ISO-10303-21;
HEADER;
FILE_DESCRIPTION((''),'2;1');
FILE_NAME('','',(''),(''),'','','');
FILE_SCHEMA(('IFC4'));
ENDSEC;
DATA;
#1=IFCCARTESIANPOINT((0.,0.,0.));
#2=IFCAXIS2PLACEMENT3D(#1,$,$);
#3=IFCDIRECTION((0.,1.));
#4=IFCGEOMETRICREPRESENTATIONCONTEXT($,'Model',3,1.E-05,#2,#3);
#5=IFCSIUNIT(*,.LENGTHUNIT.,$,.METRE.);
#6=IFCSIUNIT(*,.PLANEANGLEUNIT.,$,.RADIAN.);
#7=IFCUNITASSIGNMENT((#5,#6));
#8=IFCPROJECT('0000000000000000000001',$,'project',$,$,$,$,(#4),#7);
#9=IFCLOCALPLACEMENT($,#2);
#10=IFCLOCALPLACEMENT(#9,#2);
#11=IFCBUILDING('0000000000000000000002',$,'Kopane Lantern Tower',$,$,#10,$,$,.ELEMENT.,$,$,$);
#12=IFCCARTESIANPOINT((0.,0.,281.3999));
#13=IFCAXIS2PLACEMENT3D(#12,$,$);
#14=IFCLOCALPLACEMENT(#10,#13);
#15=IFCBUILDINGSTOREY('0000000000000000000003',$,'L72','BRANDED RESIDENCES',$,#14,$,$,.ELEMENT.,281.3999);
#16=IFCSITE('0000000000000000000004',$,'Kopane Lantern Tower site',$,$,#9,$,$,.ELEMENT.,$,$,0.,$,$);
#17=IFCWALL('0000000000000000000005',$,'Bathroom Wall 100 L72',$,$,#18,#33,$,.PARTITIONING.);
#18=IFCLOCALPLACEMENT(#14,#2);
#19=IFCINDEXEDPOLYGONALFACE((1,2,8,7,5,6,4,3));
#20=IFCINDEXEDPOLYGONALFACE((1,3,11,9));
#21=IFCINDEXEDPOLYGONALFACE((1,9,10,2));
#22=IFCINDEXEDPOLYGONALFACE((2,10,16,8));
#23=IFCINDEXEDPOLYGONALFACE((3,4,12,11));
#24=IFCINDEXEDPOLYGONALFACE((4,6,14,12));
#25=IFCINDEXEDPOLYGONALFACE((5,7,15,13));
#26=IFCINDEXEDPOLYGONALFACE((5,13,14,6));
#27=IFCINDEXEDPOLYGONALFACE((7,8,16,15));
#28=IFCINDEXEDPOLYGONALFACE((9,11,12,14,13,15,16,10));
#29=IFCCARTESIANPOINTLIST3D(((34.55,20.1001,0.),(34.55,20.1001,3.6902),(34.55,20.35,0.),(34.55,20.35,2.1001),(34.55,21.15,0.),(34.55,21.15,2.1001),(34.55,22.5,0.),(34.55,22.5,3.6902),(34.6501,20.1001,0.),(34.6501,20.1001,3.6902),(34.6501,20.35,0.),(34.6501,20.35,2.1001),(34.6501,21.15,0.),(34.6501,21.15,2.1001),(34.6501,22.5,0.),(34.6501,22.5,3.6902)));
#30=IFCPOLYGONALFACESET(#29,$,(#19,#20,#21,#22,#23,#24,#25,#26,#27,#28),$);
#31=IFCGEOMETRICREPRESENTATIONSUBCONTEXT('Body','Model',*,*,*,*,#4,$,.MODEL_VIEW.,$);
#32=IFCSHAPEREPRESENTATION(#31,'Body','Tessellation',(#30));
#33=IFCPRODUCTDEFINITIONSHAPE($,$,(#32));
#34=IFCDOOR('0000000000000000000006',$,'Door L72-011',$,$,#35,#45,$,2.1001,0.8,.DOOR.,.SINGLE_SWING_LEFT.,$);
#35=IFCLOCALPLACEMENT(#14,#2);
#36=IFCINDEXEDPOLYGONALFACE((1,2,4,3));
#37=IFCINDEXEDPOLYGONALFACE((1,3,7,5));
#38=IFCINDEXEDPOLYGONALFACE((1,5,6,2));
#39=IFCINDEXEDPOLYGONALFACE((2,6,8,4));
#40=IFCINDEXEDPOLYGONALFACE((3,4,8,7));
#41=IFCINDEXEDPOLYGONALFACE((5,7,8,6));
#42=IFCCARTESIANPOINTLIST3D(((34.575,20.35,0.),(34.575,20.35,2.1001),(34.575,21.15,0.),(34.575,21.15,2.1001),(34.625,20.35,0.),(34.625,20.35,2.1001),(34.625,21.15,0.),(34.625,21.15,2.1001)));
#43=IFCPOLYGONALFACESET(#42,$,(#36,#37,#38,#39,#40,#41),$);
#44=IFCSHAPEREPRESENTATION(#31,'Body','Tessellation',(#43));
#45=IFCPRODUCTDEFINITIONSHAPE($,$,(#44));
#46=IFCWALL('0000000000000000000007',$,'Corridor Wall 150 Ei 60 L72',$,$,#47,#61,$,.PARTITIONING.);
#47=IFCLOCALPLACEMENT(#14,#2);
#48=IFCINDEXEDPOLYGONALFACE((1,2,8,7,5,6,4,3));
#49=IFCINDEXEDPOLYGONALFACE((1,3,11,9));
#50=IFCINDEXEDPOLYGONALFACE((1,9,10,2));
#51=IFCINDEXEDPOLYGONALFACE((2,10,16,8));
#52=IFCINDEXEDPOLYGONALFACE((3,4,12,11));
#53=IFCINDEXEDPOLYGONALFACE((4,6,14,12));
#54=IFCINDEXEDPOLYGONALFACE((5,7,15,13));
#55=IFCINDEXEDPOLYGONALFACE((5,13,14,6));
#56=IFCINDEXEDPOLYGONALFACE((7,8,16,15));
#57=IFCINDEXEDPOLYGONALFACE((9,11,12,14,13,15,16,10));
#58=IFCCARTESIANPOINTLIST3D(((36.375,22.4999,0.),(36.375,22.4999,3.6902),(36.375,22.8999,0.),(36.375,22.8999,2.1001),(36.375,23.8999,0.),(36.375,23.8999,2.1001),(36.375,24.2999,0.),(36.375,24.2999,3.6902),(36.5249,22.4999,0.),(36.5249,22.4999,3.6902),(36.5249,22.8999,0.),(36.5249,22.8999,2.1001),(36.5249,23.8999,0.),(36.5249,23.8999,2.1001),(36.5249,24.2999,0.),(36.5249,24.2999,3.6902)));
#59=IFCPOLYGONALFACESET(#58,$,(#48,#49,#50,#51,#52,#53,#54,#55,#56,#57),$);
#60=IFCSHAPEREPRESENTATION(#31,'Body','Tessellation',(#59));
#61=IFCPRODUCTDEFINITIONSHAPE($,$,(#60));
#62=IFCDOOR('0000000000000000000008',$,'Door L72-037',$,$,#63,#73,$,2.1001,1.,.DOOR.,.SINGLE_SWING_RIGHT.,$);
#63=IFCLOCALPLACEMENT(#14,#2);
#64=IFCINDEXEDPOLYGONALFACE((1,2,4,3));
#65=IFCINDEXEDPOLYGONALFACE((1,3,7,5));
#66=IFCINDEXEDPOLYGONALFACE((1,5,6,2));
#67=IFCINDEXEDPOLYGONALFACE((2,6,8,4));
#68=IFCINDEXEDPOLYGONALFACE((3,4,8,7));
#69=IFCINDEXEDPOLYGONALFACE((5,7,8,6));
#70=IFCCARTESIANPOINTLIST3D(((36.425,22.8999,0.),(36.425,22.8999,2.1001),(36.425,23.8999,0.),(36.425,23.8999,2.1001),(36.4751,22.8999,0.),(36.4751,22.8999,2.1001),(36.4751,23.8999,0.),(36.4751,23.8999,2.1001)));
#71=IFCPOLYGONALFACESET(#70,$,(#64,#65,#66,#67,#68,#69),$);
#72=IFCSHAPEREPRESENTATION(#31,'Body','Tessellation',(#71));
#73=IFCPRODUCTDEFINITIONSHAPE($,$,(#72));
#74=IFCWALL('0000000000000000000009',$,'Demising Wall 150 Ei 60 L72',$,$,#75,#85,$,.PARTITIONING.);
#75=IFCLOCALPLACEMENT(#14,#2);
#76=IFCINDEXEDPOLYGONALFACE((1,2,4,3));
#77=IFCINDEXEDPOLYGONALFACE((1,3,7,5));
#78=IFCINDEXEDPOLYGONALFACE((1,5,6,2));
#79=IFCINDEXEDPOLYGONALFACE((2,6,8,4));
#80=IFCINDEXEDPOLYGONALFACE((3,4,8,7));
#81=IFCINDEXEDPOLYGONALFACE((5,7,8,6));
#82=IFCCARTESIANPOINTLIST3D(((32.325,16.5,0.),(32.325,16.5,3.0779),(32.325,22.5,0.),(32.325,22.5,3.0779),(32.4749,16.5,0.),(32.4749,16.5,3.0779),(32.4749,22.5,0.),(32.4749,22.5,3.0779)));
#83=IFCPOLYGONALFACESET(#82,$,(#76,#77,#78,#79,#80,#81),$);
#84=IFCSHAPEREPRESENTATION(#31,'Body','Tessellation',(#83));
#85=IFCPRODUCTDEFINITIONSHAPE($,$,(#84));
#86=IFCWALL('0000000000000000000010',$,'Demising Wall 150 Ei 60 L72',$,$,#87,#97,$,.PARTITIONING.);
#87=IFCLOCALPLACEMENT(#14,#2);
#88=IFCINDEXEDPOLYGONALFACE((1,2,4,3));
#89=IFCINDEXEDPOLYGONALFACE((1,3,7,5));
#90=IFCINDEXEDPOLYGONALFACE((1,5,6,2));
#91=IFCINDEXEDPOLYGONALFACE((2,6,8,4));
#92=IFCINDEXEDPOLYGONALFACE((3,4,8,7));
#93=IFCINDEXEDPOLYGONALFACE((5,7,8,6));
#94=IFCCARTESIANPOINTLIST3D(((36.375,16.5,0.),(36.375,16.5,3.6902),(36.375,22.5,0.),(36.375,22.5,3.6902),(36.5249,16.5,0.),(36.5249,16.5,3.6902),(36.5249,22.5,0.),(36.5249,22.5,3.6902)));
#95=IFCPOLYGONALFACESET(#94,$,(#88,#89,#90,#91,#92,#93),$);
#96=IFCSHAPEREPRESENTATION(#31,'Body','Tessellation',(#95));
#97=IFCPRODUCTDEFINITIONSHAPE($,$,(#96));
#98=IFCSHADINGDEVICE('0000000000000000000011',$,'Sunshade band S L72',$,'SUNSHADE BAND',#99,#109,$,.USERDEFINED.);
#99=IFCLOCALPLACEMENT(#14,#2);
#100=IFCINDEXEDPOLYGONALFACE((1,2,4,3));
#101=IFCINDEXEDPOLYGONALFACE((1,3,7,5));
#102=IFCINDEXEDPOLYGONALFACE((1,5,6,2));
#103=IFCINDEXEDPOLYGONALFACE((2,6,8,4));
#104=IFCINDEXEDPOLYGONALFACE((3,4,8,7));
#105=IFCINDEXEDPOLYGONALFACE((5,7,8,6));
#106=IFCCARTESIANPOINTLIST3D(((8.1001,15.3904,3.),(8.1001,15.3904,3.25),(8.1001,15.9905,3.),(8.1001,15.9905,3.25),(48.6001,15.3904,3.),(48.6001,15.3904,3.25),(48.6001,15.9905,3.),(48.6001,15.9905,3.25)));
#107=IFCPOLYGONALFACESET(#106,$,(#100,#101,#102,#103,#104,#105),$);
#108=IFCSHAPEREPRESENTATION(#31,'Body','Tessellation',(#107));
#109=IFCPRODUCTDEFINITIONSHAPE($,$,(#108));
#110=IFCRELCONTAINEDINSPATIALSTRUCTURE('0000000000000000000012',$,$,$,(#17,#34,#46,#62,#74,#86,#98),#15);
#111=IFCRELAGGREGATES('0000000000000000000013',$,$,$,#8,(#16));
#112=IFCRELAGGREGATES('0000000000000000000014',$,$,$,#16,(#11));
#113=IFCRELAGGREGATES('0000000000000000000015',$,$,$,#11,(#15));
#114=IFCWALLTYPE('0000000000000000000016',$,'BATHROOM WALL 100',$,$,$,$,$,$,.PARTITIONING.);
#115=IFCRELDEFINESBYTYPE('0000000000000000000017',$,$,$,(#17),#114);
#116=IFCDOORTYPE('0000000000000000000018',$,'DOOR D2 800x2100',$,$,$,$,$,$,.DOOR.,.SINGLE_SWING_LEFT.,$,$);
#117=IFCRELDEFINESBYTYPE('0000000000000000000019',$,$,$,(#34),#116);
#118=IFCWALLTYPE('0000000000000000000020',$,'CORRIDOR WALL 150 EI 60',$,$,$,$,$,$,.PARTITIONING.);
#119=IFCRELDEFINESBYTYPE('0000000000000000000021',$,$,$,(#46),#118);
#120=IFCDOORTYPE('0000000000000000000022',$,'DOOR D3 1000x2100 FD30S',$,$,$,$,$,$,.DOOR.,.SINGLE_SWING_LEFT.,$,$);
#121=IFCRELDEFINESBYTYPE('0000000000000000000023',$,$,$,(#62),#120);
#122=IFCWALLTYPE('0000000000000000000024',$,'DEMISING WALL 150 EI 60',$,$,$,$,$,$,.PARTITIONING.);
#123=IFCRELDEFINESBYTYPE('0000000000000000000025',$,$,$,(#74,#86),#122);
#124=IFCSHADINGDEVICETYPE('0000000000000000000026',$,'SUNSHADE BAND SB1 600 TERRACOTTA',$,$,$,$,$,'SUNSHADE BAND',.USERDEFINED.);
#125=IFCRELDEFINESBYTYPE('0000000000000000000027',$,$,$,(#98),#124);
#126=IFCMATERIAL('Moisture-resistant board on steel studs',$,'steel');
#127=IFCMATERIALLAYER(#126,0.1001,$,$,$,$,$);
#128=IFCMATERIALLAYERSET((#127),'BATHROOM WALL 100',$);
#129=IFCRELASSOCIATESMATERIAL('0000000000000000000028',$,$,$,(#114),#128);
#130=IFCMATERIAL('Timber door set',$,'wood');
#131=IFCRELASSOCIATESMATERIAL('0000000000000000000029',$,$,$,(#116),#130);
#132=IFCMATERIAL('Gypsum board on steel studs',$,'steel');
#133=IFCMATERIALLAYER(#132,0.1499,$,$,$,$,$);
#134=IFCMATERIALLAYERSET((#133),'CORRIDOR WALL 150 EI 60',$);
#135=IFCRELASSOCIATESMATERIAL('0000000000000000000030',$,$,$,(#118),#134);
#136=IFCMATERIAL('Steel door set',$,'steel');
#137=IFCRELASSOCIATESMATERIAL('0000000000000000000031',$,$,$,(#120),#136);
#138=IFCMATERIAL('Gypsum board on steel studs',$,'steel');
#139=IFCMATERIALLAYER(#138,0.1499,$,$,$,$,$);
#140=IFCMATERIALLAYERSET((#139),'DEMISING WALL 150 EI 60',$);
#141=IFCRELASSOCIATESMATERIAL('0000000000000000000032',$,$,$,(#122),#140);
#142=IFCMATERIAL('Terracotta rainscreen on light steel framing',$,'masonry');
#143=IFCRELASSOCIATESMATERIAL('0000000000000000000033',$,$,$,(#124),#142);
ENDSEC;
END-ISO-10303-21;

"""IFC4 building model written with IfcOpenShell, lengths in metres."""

from ifc_helpers import new_model, si_unit, direction, frame, frame_2d, origin, origin_2d, place, context, subcontext, project, spatial, rectangle, extrude, material, layer, layer_set, type_object, element, fill, save


model = new_model("IFC4")

# Units and contexts
model_context = context("Model", 3, precision=1e-05, world=origin(), true_north=direction((0.0, 1.0)))
body_context = subcontext(model_context, "Body", "Model", "MODEL_VIEW")
ifc_project = project(units=[si_unit("LENGTHUNIT", "METRE"), si_unit("PLANEANGLEUNIT", "RADIAN")], contexts=[model_context])

# Site, building, storey
site_placement = place(None, origin())
site = spatial("IfcSite", under=ifc_project, at=site_placement, Name="Kopane Lantern Tower site", CompositionType="ELEMENT", RefElevation=0.0)
building_placement = place(site_placement, origin())
building = spatial("IfcBuilding", under=site, at=building_placement, Name="Kopane Lantern Tower", CompositionType="ELEMENT")
storey_placement = place(building_placement, frame((0.0, 0.0, 281.3999)))
storey = spatial("IfcBuildingStorey", under=building, at=storey_placement, Name="L72", Description="BRANDED RESIDENCES", CompositionType="ELEMENT", Elevation=281.3999)

# Shared definitions
ifc_material_1 = material(Name="Moisture-resistant board on steel studs", Category="steel")
ifc_layer_1 = layer(ifc_material_1, 0.1001)
ifc_layer_set_1 = layer_set([ifc_layer_1], Name="BATHROOM WALL 100")
wall_type_1 = type_object("IfcWallType", Name="BATHROOM WALL 100", PredefinedType="PARTITIONING", material=ifc_layer_set_1)
ifc_material_2 = material(Name="Timber door set", Category="wood")
door_type_1 = type_object("IfcDoorType", Name="DOOR D2 800x2100", OperationType="SINGLE_SWING_LEFT", PredefinedType="DOOR", material=ifc_material_2)

# Walls, openings, doors
wall_1_placement = place(storey_placement, frame((34.6001, 22.5, 0.0), z_axis=(0.0, 0.0, 1.0), x_axis=(0.0, -1.0, 0.0)))
wall_1 = element("IfcWall", 1, at=wall_1_placement, inside=storey, type_object=wall_type_1, Name="Bathroom Wall 100 L72", PredefinedType="PARTITIONING", context=body_context, shape_type="SweptSolid", body=[
    extrude(rectangle(XDim=2.3999, YDim=0.1001, at=frame_2d((1.2, 0.0))), origin(), (0.0, 0.0, 1.0), 3.6902),
])
opening_1_placement = place(wall_1_placement, frame((1.3501, 0.0, 0.0)))
opening_1 = element("IfcOpeningElement", 2, at=opening_1_placement, cuts=wall_1, PredefinedType="OPENING", context=body_context, shape_type="SweptSolid", body=[
    extrude(rectangle(XDim=0.8, YDim=2.1001, at=frame_2d((0.3999, 1.05))), frame((0.0, 0.0601, 0.0), z_axis=(0.0, -1.0, 0.0), x_axis=(1.0, 0.0, 0.0)), (0.0, 0.0, 1.0), 0.1201),
])
door_1_placement = place(opening_1_placement, origin())
door_1 = element("IfcDoor", 3, at=door_1_placement, inside=storey, type_object=door_type_1, Name="Door L72-011", OperationType="SINGLE_SWING_LEFT", OverallHeight=2.1001, OverallWidth=0.8, PredefinedType="DOOR", context=body_context, shape_type="SweptSolid", body=[
    extrude(rectangle(XDim=0.8, YDim=2.1001, at=frame_2d((0.3999, 1.05))), frame((0.0, 0.0249, 0.0), z_axis=(0.0, -1.0, 0.0), x_axis=(1.0, 0.0, 0.0)), (0.0, 0.0, 1.0), 0.05),
])
fill(opening_1, door_1)
ifc_material_3 = material(Name="Gypsum board on steel studs", Category="steel")
ifc_layer_2 = layer(ifc_material_3, 0.1499)
ifc_layer_set_2 = layer_set([ifc_layer_2], Name="CORRIDOR WALL 150 EI 60")
wall_type_2 = type_object("IfcWallType", Name="CORRIDOR WALL 150 EI 60", PredefinedType="PARTITIONING", material=ifc_layer_set_2)
wall_2_placement = place(storey_placement, frame((36.45, 22.5, 0.0), z_axis=(0.0, 0.0, 1.0), x_axis=(0.0, 1.0, 0.0)))
wall_2 = element("IfcWall", 4, at=wall_2_placement, inside=storey, type_object=wall_type_2, Name="Corridor Wall 150 Ei 60 L72", PredefinedType="PARTITIONING", context=body_context, shape_type="SweptSolid", body=[
    extrude(rectangle(XDim=1.8, YDim=0.1499, at=frame_2d((0.8999, 0.0))), origin(), (0.0, 0.0, 1.0), 3.6902),
])
opening_2_placement = place(wall_2_placement, frame((0.3999, 0.0, 0.0)))
opening_2 = element("IfcOpeningElement", 5, at=opening_2_placement, cuts=wall_2, PredefinedType="OPENING", context=body_context, shape_type="SweptSolid", body=[
    extrude(rectangle(XDim=1.0, YDim=2.1001, at=frame_2d((0.5, 1.05))), frame((0.0, 0.085, 0.0), z_axis=(0.0, -1.0, 0.0), x_axis=(1.0, 0.0, 0.0)), (0.0, 0.0, 1.0), 0.1699),
])
ifc_material_4 = material(Name="Steel door set", Category="steel")
door_type_2 = type_object("IfcDoorType", Name="DOOR D3 1000x2100 FD30S", OperationType="SINGLE_SWING_LEFT", PredefinedType="DOOR", material=ifc_material_4)
door_2_placement = place(opening_2_placement, origin())
door_2 = element("IfcDoor", 6, at=door_2_placement, inside=storey, type_object=door_type_2, Name="Door L72-037", OperationType="SINGLE_SWING_RIGHT", OverallHeight=2.1001, OverallWidth=1.0, PredefinedType="DOOR", context=body_context, shape_type="SweptSolid", body=[
    extrude(rectangle(XDim=1.0, YDim=2.1001, at=frame_2d((0.5, 1.05))), frame((0.0, 0.0249, 0.0), z_axis=(0.0, -1.0, 0.0), x_axis=(1.0, 0.0, 0.0)), (0.0, 0.0, 1.0), 0.05),
])
fill(opening_2, door_2)

# Walls
ifc_material_5 = material(Name="Gypsum board on steel studs", Category="steel")
ifc_layer_3 = layer(ifc_material_5, 0.1499)
ifc_layer_set_3 = layer_set([ifc_layer_3], Name="DEMISING WALL 150 EI 60")
wall_type_3 = type_object("IfcWallType", Name="DEMISING WALL 150 EI 60", PredefinedType="PARTITIONING", material=ifc_layer_set_3)
wall_3_placement = place(storey_placement, frame((32.3999, 22.5, 0.0), z_axis=(0.0, 0.0, 1.0), x_axis=(0.0, -1.0, 0.0)))
element("IfcWall", 7, at=wall_3_placement, inside=storey, type_object=wall_type_3, Name="Demising Wall 150 Ei 60 L72", PredefinedType="PARTITIONING", context=body_context, shape_type="SweptSolid", body=[
    extrude(rectangle(XDim=6.0, YDim=0.1499, at=frame_2d((3.0, 0.0))), origin(), (0.0, 0.0, 1.0), 3.0779),
])
wall_4_placement = place(storey_placement, frame((36.45, 16.5, 0.0), z_axis=(0.0, 0.0, 1.0), x_axis=(0.0, 1.0, 0.0)))
element("IfcWall", 8, at=wall_4_placement, inside=storey, type_object=wall_type_3, Name="Demising Wall 150 Ei 60 L72", PredefinedType="PARTITIONING", context=body_context, shape_type="SweptSolid", body=[
    extrude(rectangle(XDim=6.0, YDim=0.1499, at=frame_2d((3.0, 0.0))), origin(), (0.0, 0.0, 1.0), 3.6902),
])

# Shading device
ifc_material_6 = material(Name="Terracotta rainscreen on light steel framing", Category="masonry")
shading_device_type = type_object("IfcShadingDeviceType", Name="SUNSHADE BAND SB1 600 TERRACOTTA", ElementType="SUNSHADE BAND", PredefinedType="USERDEFINED", material=ifc_material_6)
shading_device_placement = place(storey_placement, frame((28.3501, 15.6904, 3.0), z_axis=(0.0, 0.0, 1.0), x_axis=(1.0, 0.0, 0.0)))
element("IfcShadingDevice", 9, at=shading_device_placement, inside=storey, type_object=shading_device_type, Name="Sunshade band S L72", ObjectType="SUNSHADE BAND", PredefinedType="USERDEFINED", context=body_context, shape_type="SweptSolid", body=[
    extrude(rectangle(XDim=40.5, YDim=0.6001, at=origin_2d()), origin(), (0.0, 0.0, 1.0), 0.25),
])

save(model, "model.ifc")
